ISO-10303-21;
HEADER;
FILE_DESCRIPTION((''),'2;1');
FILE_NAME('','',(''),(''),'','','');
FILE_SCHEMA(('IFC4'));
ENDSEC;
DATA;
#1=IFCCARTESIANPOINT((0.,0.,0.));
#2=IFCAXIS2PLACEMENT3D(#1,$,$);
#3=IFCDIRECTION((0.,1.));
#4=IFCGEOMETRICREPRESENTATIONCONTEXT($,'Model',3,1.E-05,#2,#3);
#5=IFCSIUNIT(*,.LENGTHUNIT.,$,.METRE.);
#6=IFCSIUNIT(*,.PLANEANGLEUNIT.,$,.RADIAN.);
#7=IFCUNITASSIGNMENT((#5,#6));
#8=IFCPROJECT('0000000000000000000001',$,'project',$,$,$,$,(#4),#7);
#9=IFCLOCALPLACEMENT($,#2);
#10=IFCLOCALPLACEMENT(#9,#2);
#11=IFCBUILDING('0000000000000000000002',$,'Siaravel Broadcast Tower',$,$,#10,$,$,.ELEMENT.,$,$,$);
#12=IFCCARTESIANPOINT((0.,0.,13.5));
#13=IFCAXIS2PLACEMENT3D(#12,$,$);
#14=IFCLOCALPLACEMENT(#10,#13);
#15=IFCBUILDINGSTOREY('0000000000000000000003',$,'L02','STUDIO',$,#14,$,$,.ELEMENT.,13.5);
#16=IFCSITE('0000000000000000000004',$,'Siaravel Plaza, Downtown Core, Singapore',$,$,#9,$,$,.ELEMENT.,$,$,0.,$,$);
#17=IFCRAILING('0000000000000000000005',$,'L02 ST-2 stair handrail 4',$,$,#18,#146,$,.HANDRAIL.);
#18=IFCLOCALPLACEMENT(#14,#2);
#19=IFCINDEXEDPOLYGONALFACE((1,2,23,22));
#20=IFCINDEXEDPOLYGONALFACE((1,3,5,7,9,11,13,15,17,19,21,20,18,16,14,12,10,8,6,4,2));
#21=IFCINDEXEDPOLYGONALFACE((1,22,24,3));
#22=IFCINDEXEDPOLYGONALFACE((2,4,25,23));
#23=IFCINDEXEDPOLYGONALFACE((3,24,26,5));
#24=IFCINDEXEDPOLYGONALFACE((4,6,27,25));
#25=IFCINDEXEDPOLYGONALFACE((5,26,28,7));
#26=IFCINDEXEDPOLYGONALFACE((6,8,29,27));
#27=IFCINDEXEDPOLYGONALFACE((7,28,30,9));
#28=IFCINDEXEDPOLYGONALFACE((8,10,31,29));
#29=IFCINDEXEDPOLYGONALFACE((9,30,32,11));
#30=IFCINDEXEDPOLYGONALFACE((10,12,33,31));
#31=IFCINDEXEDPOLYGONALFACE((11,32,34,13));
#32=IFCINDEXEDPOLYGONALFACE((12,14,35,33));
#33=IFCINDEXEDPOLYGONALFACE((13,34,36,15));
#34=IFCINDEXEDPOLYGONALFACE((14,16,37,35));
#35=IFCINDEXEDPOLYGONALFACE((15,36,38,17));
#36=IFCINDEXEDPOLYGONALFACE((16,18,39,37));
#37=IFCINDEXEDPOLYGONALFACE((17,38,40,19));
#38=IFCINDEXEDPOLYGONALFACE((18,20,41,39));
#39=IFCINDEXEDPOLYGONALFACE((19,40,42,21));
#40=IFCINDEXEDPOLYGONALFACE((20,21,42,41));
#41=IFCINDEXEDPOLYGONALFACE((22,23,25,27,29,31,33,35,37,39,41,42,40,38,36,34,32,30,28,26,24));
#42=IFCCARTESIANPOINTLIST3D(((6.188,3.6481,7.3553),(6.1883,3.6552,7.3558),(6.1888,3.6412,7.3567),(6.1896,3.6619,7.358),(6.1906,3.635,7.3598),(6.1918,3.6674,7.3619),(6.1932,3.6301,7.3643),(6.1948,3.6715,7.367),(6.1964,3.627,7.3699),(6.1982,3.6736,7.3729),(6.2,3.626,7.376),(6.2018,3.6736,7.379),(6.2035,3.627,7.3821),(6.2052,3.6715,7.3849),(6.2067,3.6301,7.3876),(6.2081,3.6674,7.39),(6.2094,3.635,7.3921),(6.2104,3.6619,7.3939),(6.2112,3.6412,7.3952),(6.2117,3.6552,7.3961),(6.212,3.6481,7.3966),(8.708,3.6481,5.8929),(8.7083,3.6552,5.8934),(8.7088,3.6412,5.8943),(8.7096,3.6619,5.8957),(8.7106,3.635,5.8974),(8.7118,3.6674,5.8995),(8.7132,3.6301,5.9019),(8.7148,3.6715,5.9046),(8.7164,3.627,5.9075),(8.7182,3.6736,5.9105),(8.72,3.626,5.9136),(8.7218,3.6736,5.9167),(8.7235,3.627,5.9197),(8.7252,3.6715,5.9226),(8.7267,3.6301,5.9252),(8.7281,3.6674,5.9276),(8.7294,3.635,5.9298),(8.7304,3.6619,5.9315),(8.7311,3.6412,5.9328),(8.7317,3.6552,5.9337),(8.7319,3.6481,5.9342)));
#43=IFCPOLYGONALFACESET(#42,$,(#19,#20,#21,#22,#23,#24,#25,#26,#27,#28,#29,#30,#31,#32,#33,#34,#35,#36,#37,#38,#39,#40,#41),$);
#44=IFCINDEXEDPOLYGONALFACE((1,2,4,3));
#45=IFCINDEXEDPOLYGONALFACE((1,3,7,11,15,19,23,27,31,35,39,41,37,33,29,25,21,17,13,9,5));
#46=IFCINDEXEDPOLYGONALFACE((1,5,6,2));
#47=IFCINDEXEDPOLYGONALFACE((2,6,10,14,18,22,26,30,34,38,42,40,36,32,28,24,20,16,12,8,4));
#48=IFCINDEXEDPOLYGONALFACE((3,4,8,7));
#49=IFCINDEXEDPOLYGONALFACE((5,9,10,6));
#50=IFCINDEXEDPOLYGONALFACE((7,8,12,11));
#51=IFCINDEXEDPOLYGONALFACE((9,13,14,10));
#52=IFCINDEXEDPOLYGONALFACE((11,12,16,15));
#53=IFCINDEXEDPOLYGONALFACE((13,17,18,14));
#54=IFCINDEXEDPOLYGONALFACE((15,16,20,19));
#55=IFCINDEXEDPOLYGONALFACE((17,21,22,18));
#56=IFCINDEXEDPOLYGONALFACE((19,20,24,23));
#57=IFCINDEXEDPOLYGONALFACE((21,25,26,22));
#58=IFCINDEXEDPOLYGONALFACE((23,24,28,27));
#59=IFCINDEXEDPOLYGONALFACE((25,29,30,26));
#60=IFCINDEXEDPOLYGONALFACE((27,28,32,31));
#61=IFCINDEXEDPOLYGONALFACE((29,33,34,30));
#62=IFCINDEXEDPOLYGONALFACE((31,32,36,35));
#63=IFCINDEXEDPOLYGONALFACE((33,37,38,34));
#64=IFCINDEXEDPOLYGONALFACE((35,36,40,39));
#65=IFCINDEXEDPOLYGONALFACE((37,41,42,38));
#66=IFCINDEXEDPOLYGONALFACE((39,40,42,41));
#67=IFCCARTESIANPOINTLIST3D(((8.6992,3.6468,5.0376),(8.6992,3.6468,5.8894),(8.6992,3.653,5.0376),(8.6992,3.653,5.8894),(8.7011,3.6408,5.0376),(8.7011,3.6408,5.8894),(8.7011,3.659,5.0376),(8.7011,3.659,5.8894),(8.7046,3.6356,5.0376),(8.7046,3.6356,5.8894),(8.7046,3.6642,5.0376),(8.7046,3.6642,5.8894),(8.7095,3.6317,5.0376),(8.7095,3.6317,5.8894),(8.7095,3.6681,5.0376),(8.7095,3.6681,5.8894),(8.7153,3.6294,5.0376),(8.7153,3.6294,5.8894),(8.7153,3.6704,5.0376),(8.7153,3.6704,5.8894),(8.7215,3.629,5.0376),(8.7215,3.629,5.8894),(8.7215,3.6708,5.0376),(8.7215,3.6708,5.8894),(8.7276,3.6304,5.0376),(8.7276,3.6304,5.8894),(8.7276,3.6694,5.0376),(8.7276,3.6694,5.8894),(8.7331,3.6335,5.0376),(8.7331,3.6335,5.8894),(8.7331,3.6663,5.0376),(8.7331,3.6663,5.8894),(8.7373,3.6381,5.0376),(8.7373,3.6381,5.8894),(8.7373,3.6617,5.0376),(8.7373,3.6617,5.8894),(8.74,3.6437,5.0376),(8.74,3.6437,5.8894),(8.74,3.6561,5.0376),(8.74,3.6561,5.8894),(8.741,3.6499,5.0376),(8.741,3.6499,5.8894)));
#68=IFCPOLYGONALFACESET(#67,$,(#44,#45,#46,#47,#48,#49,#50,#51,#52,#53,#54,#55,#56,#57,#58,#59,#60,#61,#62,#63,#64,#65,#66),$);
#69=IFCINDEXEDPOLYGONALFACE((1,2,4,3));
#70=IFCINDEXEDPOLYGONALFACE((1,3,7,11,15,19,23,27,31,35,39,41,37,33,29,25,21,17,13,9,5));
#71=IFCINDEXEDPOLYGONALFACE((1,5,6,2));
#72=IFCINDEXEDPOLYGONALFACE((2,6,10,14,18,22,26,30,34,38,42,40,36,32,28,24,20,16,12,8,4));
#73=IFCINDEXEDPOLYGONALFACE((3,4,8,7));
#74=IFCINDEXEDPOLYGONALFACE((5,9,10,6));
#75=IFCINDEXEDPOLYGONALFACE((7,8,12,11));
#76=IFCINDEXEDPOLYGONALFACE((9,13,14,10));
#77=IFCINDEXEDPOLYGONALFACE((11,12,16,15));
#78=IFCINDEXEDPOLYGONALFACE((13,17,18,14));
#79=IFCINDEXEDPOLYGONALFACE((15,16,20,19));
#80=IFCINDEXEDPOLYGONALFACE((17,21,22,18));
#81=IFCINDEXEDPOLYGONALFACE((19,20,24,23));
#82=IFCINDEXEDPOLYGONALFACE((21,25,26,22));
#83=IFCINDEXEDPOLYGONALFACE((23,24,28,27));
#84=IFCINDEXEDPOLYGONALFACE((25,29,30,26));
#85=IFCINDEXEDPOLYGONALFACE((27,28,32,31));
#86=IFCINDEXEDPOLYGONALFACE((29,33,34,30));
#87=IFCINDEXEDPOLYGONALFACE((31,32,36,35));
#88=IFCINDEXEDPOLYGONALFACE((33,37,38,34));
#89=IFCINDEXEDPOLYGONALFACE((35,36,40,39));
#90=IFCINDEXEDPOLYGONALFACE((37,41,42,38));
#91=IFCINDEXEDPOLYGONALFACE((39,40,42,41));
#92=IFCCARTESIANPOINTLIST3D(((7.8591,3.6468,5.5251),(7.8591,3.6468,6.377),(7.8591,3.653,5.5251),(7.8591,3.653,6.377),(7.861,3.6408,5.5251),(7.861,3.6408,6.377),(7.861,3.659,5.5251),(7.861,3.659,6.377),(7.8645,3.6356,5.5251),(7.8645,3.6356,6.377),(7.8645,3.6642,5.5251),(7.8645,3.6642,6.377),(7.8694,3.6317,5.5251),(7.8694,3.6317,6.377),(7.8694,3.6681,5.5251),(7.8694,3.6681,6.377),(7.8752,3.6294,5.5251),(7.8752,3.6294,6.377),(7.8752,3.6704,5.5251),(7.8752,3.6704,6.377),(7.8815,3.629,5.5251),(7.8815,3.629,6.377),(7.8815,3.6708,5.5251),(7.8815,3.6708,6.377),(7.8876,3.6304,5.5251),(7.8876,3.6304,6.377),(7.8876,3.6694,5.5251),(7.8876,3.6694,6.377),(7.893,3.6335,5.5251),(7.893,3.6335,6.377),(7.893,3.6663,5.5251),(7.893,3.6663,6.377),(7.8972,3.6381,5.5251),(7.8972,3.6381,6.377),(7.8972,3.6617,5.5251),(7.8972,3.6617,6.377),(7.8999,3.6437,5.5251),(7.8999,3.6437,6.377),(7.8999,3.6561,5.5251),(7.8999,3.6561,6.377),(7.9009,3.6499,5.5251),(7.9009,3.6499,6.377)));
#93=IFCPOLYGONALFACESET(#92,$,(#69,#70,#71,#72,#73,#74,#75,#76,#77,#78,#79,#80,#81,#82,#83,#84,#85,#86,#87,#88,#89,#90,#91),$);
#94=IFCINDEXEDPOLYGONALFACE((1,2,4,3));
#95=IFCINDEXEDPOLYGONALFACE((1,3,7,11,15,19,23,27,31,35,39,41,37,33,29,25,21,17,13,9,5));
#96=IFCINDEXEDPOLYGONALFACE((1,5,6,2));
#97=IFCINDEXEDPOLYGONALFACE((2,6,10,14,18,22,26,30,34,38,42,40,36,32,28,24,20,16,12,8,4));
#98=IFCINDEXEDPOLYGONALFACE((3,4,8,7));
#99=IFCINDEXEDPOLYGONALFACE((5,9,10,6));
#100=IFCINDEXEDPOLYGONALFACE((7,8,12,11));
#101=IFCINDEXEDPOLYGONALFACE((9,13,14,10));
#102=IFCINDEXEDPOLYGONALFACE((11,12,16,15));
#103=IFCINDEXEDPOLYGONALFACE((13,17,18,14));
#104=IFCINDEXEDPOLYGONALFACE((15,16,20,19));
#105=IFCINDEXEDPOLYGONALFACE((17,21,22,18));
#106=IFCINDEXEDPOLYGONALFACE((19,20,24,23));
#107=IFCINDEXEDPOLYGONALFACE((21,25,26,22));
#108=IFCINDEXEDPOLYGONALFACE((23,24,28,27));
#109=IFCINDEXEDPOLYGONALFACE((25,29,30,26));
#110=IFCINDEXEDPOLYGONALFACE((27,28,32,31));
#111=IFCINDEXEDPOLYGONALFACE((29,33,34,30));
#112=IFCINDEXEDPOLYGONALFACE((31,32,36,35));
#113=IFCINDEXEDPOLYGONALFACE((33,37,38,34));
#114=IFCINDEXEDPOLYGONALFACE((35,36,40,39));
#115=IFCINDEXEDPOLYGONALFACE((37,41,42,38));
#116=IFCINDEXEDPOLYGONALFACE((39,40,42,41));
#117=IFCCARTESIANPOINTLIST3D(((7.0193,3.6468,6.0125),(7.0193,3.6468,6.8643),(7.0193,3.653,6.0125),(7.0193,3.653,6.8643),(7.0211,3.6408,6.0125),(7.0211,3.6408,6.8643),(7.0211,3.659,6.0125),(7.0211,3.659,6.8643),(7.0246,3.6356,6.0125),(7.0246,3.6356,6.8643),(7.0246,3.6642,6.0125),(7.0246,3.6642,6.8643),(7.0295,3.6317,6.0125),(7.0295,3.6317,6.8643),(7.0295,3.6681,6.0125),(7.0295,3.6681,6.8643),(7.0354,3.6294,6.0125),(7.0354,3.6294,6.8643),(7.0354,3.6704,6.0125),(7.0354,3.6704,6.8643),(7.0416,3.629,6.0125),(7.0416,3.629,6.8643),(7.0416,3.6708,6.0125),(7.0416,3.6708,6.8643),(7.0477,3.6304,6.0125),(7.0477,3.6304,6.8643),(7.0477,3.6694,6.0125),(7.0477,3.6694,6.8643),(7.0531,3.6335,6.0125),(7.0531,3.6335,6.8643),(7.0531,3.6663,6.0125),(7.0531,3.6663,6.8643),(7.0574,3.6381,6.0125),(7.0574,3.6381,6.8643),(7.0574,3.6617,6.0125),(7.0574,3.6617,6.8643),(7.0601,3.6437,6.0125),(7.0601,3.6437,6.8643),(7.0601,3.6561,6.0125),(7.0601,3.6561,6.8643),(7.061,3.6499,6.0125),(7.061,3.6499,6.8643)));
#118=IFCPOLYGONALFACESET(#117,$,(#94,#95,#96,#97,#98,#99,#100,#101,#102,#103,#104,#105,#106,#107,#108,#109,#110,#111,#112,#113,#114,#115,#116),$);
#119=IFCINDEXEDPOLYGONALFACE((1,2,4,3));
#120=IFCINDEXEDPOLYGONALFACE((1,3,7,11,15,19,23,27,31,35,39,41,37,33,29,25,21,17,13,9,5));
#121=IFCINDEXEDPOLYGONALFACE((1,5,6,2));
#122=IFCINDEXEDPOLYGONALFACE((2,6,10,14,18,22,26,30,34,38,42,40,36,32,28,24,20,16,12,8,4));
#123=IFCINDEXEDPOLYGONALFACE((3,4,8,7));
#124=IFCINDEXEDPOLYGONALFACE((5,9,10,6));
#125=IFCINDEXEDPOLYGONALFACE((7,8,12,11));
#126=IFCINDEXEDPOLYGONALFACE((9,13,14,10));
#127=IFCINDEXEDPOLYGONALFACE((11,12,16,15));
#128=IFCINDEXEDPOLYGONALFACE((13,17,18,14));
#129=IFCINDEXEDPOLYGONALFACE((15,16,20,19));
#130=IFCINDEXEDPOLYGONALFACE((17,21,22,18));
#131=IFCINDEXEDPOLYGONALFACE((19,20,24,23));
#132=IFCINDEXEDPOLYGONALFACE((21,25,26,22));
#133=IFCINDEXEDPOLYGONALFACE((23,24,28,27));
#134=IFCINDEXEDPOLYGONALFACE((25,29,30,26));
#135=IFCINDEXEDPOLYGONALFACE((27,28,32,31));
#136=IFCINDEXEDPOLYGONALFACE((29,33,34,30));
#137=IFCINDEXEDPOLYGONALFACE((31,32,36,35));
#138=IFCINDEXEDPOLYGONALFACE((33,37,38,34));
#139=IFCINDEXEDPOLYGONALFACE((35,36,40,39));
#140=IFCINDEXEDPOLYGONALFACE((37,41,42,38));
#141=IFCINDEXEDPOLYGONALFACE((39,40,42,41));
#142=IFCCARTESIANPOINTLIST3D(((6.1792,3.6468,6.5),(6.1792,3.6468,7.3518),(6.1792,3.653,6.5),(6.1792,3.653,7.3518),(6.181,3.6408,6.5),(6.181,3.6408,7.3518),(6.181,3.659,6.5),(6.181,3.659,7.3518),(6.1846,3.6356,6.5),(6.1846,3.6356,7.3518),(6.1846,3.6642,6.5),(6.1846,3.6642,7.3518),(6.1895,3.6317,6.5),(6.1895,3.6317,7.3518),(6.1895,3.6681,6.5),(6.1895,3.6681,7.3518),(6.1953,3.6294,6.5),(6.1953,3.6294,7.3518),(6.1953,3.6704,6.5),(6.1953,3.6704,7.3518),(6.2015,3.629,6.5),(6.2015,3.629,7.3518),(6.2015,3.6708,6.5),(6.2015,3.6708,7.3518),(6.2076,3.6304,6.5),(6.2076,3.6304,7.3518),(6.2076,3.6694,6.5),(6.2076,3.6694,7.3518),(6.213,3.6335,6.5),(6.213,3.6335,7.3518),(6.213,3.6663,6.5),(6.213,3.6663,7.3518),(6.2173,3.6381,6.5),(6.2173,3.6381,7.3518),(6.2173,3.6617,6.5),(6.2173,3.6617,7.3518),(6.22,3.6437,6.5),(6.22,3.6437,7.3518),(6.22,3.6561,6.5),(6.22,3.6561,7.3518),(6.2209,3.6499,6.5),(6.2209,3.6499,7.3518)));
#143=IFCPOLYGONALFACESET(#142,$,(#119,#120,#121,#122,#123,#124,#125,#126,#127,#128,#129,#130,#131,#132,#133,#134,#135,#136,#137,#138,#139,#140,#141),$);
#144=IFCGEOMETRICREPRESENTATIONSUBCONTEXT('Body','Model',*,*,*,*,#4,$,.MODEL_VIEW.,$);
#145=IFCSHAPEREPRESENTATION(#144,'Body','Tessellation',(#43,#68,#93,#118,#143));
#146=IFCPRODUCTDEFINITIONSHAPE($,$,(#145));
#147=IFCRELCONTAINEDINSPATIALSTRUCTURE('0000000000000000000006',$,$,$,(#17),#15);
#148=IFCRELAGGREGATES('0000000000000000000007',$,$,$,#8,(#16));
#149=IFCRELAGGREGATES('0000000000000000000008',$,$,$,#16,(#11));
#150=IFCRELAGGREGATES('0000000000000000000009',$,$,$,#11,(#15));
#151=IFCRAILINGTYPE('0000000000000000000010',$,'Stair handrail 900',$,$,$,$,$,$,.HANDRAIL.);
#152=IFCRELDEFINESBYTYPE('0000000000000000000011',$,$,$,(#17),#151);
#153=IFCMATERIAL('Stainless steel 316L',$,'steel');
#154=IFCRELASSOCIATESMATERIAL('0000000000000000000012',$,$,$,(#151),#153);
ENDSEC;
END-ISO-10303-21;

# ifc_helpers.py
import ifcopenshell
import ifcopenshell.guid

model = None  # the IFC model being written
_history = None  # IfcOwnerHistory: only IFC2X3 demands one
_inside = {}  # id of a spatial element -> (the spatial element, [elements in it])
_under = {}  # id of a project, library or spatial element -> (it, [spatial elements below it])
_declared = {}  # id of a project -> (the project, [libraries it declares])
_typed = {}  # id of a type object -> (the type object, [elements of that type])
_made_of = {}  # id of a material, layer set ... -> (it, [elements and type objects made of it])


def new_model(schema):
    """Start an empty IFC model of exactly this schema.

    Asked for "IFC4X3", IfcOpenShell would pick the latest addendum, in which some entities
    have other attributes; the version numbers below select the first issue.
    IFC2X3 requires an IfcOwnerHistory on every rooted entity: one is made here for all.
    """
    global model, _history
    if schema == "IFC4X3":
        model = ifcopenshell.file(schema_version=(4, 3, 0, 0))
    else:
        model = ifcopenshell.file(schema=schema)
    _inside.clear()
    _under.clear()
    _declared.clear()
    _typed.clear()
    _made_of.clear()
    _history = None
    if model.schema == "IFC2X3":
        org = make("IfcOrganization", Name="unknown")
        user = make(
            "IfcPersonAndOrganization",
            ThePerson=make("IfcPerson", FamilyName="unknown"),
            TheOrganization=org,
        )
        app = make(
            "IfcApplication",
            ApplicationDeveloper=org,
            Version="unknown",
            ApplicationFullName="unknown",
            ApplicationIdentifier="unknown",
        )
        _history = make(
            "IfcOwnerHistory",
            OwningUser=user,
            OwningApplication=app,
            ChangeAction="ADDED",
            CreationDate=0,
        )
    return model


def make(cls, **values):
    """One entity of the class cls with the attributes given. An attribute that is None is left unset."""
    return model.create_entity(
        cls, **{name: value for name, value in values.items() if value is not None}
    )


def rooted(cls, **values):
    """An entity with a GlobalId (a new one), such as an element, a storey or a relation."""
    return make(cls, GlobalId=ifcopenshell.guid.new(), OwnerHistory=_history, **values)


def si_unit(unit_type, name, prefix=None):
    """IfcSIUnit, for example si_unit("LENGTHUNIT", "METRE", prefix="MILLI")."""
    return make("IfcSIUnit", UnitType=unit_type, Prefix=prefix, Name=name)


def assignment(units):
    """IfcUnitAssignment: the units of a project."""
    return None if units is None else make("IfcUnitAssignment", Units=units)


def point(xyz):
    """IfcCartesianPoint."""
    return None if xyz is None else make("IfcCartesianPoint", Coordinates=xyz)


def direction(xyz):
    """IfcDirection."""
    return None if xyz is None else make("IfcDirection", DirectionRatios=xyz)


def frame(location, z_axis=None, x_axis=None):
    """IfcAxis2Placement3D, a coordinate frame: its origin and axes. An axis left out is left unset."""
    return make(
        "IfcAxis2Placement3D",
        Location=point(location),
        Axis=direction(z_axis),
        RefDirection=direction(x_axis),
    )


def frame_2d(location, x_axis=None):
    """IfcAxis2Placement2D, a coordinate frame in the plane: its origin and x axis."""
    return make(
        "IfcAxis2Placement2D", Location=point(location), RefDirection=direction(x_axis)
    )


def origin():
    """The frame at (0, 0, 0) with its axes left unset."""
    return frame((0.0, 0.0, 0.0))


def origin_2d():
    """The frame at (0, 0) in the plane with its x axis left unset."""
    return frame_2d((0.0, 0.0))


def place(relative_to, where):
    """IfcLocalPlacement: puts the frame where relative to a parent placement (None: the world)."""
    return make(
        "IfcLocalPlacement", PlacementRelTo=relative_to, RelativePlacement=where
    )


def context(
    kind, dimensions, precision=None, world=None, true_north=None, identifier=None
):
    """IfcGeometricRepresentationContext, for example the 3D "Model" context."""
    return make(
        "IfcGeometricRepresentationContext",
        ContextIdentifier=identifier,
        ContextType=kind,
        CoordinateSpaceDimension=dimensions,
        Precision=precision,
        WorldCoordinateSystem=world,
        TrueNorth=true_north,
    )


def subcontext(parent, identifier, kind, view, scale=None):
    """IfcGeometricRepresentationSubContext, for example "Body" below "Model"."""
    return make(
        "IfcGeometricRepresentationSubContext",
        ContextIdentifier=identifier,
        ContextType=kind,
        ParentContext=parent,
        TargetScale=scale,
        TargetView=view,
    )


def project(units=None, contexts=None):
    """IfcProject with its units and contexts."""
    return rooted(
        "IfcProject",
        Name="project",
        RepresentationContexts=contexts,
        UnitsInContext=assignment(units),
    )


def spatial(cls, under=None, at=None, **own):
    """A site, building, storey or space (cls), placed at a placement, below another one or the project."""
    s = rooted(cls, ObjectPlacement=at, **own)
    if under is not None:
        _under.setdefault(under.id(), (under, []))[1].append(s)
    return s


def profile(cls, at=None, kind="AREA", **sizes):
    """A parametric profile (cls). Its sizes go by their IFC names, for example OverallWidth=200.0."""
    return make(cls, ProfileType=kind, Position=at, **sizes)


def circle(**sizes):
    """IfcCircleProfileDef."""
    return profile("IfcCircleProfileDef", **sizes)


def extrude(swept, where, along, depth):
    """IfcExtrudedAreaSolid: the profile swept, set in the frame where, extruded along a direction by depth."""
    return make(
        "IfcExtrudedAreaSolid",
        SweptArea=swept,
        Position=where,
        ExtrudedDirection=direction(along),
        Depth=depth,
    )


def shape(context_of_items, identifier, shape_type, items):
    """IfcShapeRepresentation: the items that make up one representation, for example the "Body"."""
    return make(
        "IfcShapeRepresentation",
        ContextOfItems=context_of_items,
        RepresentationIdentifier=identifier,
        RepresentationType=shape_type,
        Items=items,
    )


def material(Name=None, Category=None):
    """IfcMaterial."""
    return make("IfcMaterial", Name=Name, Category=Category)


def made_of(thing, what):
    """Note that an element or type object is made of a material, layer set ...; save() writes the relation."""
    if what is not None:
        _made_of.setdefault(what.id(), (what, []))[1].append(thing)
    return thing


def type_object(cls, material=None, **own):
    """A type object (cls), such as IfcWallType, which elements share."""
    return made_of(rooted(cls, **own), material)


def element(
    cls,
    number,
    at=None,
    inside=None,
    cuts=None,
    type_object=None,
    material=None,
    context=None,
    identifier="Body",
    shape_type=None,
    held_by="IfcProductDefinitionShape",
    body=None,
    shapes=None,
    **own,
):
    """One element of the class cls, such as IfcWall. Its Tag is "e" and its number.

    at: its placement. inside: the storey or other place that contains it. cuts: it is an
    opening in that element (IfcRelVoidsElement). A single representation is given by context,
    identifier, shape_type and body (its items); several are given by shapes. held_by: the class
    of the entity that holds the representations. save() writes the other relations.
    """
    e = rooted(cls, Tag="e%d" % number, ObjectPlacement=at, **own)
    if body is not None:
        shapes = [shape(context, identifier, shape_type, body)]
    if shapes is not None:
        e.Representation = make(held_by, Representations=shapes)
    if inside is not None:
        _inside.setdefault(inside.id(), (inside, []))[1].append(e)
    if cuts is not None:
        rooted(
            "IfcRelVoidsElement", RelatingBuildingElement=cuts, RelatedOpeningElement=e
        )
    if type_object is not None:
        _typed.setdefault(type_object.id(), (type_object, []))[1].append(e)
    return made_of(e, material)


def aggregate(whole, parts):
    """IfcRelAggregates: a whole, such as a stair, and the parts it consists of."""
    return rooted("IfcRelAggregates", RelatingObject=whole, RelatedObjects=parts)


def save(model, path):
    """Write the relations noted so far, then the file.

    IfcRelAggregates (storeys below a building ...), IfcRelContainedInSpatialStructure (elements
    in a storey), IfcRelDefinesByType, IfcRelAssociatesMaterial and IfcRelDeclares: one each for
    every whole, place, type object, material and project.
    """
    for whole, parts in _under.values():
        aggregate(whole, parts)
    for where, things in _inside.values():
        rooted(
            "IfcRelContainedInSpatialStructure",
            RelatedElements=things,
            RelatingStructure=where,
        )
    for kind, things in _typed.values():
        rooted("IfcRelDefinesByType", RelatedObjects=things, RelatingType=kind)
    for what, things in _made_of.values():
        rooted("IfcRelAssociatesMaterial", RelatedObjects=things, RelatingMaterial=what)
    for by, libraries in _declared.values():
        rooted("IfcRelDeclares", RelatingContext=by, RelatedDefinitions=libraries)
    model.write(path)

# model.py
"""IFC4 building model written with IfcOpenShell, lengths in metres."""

from ifc_helpers import new_model, si_unit, direction, frame, origin, origin_2d, place, context, subcontext, project, spatial, circle, extrude, material, type_object, element, save


model = new_model("IFC4")

# Units and contexts
model_context = context("Model", 3, precision=1e-05, world=origin(), true_north=direction((0.0, 1.0)))
body_context = subcontext(model_context, "Body", "Model", "MODEL_VIEW")
ifc_project = project(units=[si_unit("LENGTHUNIT", "METRE"), si_unit("PLANEANGLEUNIT", "RADIAN")], contexts=[model_context])

# Site, building, storey
site_placement = place(None, origin())
site = spatial("IfcSite", under=ifc_project, at=site_placement, Name="Siaravel Plaza, Downtown Core, Singapore", CompositionType="ELEMENT", RefElevation=0.0)
building_placement = place(site_placement, origin())
building = spatial("IfcBuilding", under=site, at=building_placement, Name="Siaravel Broadcast Tower", CompositionType="ELEMENT")
storey_placement = place(building_placement, frame((0.0, 0.0, 13.5)))
storey = spatial("IfcBuildingStorey", under=building, at=storey_placement, Name="L02", Description="STUDIO", CompositionType="ELEMENT", Elevation=13.5)

# Railing
ifc_material_1 = material(Name="Stainless steel 316L", Category="steel")
railing_type = type_object("IfcRailingType", Name="Stair handrail 900", PredefinedType="HANDRAIL", material=ifc_material_1)
for number, where, name in (
    (1, (8.72, 3.6499, 5.0376), "L02 ST-2 stair handrail 4"),
):
    element("IfcRailing", number, at=place(storey_placement, frame(where)), inside=storey, type_object=railing_type, Name=name, PredefinedType="HANDRAIL", context=body_context, shape_type="SweptSolid", body=[
        extrude(circle(Radius=0.0239, at=origin_2d()), frame((0.0, 0.0, 0.876), z_axis=(-0.864913, 0.0, 0.501921), x_axis=(0.0, -1.0, 0.0)), (0.0, 0.0, 1.0), 2.9136),
        extrude(circle(Radius=0.021, at=origin_2d()), origin(), (0.0, 0.0, 1.0), 0.8518),
        extrude(circle(Radius=0.021, at=origin_2d()), frame((-0.8401, 0.0, 0.4875)), (0.0, 0.0, 1.0), 0.8518),
        extrude(circle(Radius=0.021, at=origin_2d()), frame((-1.6799, 0.0, 0.9749)), (0.0, 0.0, 1.0), 0.8518),
        extrude(circle(Radius=0.021, at=origin_2d()), frame((-2.52, 0.0, 1.4624)), (0.0, 0.0, 1.0), 0.8518),
    ])

save(model, "model.ifc")
